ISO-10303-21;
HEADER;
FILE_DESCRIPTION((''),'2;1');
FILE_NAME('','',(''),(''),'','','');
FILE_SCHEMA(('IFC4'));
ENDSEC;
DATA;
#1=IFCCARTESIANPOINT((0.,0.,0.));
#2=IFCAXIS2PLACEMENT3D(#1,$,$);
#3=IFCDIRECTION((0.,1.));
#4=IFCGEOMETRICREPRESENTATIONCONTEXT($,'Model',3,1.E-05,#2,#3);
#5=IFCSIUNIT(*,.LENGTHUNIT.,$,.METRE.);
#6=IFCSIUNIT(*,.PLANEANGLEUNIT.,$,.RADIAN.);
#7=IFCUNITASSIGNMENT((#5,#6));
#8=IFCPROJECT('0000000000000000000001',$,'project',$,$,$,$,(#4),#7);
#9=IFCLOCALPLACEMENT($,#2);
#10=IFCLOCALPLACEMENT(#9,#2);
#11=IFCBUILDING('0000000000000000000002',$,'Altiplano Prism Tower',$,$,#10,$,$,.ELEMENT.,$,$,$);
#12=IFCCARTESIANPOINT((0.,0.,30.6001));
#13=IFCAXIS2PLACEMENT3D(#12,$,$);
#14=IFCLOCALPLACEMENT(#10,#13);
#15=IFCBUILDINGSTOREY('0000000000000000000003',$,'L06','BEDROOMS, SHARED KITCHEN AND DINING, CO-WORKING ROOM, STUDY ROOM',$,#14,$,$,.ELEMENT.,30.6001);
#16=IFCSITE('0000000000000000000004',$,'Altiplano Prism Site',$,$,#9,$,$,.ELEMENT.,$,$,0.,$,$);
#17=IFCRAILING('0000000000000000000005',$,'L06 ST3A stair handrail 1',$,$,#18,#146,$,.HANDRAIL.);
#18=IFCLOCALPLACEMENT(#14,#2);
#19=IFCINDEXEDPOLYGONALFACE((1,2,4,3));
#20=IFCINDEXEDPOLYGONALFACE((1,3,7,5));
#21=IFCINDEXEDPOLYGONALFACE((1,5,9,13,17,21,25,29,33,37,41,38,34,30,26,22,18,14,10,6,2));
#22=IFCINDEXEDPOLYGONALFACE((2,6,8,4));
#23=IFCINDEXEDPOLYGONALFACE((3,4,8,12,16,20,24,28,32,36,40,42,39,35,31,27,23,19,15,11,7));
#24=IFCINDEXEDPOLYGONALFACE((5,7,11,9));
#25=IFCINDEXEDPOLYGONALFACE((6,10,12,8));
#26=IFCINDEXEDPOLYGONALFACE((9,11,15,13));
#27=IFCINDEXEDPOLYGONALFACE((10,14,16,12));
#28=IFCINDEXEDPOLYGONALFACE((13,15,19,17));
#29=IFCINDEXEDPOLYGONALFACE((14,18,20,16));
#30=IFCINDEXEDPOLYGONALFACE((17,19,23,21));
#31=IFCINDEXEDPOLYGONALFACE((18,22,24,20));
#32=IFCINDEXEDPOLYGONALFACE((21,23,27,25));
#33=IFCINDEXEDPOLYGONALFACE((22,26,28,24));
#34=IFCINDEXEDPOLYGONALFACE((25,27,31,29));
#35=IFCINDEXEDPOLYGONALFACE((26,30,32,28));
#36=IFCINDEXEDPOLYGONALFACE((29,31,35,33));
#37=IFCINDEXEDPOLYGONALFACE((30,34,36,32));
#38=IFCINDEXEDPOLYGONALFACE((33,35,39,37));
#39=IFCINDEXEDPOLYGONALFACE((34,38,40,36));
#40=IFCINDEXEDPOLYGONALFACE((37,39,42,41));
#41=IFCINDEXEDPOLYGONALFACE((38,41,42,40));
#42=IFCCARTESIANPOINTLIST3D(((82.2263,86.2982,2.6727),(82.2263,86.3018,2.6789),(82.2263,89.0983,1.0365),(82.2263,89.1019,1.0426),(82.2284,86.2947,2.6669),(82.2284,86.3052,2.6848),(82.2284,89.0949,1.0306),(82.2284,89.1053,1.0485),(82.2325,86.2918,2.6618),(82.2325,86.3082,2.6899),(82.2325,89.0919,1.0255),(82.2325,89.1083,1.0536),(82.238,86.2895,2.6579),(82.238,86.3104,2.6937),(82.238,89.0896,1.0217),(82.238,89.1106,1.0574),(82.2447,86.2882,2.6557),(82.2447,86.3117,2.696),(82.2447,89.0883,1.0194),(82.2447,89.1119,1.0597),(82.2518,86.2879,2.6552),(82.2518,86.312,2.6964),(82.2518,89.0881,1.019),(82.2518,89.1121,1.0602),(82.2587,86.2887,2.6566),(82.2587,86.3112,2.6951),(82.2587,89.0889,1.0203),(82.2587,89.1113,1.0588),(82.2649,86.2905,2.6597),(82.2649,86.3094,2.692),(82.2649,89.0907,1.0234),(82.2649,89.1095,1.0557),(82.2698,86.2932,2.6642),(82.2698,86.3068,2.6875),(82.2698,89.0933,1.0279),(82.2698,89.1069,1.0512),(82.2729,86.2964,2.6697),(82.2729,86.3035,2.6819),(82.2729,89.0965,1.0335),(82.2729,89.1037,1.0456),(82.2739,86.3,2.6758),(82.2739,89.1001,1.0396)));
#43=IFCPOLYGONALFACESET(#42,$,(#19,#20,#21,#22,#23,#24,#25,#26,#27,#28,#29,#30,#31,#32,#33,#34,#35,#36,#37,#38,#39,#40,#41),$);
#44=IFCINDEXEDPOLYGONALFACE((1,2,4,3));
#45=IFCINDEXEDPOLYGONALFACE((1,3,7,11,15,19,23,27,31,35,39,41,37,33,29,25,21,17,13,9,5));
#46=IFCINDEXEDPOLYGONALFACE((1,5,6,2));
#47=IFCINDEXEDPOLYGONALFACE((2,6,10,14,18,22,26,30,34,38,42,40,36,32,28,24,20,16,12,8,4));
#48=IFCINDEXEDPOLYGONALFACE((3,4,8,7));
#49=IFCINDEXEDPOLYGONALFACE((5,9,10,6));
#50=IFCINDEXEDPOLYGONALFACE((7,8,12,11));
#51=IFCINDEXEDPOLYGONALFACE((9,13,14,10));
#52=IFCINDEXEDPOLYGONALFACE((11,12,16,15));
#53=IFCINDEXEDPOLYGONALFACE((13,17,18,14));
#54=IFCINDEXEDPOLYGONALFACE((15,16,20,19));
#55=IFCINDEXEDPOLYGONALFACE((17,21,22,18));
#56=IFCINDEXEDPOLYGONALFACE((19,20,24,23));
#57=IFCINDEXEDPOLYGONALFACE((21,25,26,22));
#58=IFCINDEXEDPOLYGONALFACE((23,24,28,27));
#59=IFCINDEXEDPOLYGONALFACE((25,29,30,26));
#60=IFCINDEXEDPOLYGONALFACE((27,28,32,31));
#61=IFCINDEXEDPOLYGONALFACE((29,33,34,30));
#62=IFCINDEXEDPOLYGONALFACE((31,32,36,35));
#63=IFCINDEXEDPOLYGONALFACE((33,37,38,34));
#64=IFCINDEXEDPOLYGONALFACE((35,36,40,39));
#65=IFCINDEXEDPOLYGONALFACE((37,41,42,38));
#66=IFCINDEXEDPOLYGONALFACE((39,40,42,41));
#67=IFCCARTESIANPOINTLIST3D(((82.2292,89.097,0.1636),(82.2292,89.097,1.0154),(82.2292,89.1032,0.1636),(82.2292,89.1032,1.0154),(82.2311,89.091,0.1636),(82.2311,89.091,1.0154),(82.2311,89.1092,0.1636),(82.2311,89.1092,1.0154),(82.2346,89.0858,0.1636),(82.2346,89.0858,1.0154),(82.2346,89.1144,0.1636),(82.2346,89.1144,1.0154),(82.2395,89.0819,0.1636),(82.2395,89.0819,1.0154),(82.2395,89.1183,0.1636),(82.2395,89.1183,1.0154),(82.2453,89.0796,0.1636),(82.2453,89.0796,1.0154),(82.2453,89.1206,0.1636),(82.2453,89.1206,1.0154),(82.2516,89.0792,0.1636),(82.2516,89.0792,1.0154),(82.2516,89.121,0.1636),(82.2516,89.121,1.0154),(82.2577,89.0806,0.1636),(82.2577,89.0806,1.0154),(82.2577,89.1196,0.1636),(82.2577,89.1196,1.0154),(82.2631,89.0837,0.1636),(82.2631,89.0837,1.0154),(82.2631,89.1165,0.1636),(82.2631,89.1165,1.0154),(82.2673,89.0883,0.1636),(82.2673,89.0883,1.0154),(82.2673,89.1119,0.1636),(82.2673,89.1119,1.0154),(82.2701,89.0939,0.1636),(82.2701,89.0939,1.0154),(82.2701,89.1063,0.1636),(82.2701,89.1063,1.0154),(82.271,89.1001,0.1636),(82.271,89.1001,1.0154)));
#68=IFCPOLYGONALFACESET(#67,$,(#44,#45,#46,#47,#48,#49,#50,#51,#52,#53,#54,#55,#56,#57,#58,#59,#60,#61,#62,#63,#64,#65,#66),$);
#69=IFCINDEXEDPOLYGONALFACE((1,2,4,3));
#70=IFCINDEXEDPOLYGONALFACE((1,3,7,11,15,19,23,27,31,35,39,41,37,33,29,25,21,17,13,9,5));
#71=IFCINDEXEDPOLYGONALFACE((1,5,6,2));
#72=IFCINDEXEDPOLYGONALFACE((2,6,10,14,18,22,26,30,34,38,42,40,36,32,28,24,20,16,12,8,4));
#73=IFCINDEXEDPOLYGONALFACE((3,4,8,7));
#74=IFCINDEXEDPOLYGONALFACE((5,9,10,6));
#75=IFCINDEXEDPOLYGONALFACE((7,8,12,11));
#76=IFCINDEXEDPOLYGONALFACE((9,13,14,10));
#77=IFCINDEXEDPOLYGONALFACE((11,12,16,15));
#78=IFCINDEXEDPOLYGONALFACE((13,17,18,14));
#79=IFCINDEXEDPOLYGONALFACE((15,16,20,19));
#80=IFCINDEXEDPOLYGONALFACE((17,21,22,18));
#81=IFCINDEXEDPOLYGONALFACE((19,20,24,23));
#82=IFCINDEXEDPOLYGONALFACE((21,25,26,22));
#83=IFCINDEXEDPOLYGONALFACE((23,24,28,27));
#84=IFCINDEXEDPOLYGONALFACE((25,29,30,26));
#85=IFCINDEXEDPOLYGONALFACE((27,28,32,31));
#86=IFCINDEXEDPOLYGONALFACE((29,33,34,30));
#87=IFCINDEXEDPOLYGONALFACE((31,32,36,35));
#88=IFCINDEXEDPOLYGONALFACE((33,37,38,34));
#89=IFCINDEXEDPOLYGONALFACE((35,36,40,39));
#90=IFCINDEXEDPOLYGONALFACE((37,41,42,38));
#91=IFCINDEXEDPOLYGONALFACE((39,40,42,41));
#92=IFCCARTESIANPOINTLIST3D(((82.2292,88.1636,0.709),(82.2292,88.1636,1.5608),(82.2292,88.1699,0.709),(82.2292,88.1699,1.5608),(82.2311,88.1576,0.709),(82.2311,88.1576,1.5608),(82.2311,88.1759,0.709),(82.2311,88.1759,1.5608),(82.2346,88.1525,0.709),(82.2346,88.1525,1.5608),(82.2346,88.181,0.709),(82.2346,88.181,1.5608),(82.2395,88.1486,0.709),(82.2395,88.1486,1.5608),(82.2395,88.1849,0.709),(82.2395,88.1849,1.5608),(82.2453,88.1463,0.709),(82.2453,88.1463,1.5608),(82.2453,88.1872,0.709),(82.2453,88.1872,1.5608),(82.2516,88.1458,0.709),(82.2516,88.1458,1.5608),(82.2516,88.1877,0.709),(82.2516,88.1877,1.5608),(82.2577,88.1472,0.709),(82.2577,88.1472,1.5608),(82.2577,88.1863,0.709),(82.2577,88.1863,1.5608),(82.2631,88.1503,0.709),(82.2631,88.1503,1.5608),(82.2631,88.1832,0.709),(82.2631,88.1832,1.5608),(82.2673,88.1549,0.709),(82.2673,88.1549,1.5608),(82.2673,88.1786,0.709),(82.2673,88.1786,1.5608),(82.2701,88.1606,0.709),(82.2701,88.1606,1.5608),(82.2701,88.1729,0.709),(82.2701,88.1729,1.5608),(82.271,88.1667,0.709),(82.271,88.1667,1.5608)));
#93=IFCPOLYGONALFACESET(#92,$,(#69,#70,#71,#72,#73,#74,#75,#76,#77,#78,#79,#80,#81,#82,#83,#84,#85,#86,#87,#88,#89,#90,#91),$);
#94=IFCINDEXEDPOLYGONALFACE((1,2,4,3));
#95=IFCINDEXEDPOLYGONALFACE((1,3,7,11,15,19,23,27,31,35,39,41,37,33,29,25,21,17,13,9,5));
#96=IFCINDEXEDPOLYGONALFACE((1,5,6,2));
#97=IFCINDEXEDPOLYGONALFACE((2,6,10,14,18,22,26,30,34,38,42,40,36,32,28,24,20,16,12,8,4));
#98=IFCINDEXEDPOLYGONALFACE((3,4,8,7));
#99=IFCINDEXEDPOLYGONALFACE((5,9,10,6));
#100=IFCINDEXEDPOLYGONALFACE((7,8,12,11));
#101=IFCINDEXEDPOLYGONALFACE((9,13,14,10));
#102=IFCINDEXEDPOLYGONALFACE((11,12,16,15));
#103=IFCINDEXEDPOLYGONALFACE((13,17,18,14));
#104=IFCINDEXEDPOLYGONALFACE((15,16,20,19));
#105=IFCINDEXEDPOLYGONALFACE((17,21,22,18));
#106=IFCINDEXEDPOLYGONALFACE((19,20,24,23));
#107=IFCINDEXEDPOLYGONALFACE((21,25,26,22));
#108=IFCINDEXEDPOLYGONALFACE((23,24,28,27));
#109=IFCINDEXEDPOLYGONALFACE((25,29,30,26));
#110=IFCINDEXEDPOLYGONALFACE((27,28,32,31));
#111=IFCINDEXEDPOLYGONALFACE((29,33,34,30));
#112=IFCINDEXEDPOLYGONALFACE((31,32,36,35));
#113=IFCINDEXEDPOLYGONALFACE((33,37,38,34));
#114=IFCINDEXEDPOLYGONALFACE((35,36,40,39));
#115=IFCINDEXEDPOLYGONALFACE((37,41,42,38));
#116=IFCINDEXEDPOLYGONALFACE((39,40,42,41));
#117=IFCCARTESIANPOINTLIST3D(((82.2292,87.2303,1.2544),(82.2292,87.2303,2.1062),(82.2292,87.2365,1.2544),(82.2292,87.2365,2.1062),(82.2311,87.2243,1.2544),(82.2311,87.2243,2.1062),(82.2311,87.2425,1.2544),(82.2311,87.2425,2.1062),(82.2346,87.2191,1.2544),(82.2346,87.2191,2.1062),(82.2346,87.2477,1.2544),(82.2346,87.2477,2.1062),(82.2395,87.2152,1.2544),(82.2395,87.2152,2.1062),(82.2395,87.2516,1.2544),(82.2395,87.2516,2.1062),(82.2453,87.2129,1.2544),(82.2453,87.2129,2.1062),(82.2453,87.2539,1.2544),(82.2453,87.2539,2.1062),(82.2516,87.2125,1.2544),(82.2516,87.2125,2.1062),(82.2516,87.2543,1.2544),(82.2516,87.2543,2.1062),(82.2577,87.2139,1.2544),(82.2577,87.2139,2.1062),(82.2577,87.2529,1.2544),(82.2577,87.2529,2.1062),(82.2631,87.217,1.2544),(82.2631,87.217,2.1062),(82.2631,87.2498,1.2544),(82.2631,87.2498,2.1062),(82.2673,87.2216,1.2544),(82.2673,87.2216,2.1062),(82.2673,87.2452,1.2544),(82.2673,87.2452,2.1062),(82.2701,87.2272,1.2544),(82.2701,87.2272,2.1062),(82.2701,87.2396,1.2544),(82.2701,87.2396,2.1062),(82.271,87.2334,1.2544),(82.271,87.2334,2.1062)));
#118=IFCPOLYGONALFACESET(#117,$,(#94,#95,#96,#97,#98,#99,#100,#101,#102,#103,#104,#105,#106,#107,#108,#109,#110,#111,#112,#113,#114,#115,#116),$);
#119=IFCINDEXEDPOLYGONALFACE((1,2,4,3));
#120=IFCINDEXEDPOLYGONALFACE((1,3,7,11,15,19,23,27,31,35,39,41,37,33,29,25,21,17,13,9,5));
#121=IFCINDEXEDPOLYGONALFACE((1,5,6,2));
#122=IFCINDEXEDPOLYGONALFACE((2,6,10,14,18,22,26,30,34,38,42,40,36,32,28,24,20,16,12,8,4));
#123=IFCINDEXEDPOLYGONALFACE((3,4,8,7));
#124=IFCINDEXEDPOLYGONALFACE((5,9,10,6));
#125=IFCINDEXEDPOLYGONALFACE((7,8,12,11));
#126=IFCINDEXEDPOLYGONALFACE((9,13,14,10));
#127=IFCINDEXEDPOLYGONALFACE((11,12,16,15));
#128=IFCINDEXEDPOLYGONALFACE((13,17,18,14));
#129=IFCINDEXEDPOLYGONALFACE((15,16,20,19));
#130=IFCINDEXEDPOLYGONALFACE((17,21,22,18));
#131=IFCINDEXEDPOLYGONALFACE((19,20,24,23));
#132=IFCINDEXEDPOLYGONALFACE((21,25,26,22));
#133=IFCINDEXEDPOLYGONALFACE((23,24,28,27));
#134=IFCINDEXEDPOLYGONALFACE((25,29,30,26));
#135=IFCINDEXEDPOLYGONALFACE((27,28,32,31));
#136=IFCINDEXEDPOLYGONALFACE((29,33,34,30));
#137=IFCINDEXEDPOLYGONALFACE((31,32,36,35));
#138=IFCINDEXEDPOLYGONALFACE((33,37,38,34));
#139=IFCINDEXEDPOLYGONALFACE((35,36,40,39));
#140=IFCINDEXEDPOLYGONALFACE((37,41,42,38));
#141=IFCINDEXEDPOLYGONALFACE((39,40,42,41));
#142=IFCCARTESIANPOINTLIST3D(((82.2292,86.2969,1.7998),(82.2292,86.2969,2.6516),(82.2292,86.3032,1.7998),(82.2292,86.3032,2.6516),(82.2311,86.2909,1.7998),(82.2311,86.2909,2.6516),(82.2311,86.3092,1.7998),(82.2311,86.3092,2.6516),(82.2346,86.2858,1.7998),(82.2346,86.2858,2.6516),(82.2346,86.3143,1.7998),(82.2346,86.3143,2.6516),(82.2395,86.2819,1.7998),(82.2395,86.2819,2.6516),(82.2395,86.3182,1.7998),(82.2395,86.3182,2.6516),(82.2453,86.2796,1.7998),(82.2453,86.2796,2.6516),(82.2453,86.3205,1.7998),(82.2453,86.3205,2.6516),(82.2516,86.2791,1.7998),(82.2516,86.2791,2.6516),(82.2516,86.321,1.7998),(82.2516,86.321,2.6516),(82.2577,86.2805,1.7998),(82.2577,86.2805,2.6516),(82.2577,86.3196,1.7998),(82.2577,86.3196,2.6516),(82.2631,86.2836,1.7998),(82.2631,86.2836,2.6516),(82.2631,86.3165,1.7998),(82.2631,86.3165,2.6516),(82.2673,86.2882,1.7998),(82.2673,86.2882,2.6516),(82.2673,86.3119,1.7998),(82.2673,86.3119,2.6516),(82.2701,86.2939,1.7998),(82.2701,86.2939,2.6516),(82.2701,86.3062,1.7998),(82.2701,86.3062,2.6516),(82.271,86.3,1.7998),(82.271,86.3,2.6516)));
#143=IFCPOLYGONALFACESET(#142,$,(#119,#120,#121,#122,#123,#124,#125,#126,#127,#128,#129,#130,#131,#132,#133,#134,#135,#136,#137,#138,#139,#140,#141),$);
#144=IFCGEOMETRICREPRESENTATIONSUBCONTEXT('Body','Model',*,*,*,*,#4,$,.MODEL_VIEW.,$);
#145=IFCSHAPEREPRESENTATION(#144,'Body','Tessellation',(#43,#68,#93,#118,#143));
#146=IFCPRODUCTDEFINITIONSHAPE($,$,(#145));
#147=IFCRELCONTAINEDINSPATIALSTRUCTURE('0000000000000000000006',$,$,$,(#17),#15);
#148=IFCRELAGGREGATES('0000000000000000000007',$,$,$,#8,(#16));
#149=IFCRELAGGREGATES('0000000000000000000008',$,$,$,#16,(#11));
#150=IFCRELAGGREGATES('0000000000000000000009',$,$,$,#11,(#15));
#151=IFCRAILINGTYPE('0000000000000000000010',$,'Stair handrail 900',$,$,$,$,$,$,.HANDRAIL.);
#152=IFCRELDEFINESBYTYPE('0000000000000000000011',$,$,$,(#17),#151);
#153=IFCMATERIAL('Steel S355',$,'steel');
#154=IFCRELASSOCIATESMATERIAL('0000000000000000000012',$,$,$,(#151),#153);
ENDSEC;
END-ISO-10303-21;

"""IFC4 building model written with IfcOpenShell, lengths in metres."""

from ifc_helpers import new_model, si_unit, direction, frame, origin, origin_2d, place, context, subcontext, project, spatial, circle, extrude, material, type_object, element, save


model = new_model("IFC4")

# Units and contexts
model_context = context("Model", 3, precision=1e-05, world=origin(), true_north=direction((0.0, 1.0)))
body_context = subcontext(model_context, "Body", "Model", "MODEL_VIEW")
ifc_project = project(units=[si_unit("LENGTHUNIT", "METRE"), si_unit("PLANEANGLEUNIT", "RADIAN")], contexts=[model_context])

# Site, building, storey
site_placement = place(None, origin())
site = spatial("IfcSite", under=ifc_project, at=site_placement, Name="Altiplano Prism Site", CompositionType="ELEMENT", RefElevation=0.0)
building_placement = place(site_placement, origin())
building = spatial("IfcBuilding", under=site, at=building_placement, Name="Altiplano Prism Tower", CompositionType="ELEMENT")
storey_placement = place(building_placement, frame((0.0, 0.0, 30.6001)))
storey = spatial("IfcBuildingStorey", under=building, at=storey_placement, Name="L06", Description="BEDROOMS, SHARED KITCHEN AND DINING, CO-WORKING ROOM, STUDY ROOM", CompositionType="ELEMENT", Elevation=30.6001)

# Railing
ifc_material_1 = material(Name="Steel S355", Category="steel")
railing_type_1 = type_object("IfcRailingType", Name="Stair handrail 900", PredefinedType="HANDRAIL", material=ifc_material_1)
railing_1_placement = place(storey_placement, frame((82.25, 89.1001, 0.1636)))
element("IfcRailing", 1, at=railing_1_placement, inside=storey, type_object=railing_type_1, Name="L06 ST3A stair handrail 1", PredefinedType="HANDRAIL", context=body_context, shape_type="SweptSolid", body=[
    extrude(circle(Radius=0.0239, at=origin_2d()), frame((0.0, 0.0, 0.876), z_axis=(0.0, -0.863394, 0.504531), x_axis=(1.0, 0.0, 0.0)), (0.0, 0.0, 1.0), 3.2432),
    extrude(circle(Radius=0.021, at=origin_2d()), origin(), (0.0, 0.0, 1.0), 0.8518),
    extrude(circle(Radius=0.021, at=origin_2d()), frame((0.0, -0.9333, 0.5454)), (0.0, 0.0, 1.0), 0.8518),
    extrude(circle(Radius=0.021, at=origin_2d()), frame((0.0, -1.8667, 1.0908)), (0.0, 0.0, 1.0), 0.8518),
    extrude(circle(Radius=0.021, at=origin_2d()), frame((0.0, -2.8, 1.6362)), (0.0, 0.0, 1.0), 0.8518),
])

save(model, "model.ifc")
